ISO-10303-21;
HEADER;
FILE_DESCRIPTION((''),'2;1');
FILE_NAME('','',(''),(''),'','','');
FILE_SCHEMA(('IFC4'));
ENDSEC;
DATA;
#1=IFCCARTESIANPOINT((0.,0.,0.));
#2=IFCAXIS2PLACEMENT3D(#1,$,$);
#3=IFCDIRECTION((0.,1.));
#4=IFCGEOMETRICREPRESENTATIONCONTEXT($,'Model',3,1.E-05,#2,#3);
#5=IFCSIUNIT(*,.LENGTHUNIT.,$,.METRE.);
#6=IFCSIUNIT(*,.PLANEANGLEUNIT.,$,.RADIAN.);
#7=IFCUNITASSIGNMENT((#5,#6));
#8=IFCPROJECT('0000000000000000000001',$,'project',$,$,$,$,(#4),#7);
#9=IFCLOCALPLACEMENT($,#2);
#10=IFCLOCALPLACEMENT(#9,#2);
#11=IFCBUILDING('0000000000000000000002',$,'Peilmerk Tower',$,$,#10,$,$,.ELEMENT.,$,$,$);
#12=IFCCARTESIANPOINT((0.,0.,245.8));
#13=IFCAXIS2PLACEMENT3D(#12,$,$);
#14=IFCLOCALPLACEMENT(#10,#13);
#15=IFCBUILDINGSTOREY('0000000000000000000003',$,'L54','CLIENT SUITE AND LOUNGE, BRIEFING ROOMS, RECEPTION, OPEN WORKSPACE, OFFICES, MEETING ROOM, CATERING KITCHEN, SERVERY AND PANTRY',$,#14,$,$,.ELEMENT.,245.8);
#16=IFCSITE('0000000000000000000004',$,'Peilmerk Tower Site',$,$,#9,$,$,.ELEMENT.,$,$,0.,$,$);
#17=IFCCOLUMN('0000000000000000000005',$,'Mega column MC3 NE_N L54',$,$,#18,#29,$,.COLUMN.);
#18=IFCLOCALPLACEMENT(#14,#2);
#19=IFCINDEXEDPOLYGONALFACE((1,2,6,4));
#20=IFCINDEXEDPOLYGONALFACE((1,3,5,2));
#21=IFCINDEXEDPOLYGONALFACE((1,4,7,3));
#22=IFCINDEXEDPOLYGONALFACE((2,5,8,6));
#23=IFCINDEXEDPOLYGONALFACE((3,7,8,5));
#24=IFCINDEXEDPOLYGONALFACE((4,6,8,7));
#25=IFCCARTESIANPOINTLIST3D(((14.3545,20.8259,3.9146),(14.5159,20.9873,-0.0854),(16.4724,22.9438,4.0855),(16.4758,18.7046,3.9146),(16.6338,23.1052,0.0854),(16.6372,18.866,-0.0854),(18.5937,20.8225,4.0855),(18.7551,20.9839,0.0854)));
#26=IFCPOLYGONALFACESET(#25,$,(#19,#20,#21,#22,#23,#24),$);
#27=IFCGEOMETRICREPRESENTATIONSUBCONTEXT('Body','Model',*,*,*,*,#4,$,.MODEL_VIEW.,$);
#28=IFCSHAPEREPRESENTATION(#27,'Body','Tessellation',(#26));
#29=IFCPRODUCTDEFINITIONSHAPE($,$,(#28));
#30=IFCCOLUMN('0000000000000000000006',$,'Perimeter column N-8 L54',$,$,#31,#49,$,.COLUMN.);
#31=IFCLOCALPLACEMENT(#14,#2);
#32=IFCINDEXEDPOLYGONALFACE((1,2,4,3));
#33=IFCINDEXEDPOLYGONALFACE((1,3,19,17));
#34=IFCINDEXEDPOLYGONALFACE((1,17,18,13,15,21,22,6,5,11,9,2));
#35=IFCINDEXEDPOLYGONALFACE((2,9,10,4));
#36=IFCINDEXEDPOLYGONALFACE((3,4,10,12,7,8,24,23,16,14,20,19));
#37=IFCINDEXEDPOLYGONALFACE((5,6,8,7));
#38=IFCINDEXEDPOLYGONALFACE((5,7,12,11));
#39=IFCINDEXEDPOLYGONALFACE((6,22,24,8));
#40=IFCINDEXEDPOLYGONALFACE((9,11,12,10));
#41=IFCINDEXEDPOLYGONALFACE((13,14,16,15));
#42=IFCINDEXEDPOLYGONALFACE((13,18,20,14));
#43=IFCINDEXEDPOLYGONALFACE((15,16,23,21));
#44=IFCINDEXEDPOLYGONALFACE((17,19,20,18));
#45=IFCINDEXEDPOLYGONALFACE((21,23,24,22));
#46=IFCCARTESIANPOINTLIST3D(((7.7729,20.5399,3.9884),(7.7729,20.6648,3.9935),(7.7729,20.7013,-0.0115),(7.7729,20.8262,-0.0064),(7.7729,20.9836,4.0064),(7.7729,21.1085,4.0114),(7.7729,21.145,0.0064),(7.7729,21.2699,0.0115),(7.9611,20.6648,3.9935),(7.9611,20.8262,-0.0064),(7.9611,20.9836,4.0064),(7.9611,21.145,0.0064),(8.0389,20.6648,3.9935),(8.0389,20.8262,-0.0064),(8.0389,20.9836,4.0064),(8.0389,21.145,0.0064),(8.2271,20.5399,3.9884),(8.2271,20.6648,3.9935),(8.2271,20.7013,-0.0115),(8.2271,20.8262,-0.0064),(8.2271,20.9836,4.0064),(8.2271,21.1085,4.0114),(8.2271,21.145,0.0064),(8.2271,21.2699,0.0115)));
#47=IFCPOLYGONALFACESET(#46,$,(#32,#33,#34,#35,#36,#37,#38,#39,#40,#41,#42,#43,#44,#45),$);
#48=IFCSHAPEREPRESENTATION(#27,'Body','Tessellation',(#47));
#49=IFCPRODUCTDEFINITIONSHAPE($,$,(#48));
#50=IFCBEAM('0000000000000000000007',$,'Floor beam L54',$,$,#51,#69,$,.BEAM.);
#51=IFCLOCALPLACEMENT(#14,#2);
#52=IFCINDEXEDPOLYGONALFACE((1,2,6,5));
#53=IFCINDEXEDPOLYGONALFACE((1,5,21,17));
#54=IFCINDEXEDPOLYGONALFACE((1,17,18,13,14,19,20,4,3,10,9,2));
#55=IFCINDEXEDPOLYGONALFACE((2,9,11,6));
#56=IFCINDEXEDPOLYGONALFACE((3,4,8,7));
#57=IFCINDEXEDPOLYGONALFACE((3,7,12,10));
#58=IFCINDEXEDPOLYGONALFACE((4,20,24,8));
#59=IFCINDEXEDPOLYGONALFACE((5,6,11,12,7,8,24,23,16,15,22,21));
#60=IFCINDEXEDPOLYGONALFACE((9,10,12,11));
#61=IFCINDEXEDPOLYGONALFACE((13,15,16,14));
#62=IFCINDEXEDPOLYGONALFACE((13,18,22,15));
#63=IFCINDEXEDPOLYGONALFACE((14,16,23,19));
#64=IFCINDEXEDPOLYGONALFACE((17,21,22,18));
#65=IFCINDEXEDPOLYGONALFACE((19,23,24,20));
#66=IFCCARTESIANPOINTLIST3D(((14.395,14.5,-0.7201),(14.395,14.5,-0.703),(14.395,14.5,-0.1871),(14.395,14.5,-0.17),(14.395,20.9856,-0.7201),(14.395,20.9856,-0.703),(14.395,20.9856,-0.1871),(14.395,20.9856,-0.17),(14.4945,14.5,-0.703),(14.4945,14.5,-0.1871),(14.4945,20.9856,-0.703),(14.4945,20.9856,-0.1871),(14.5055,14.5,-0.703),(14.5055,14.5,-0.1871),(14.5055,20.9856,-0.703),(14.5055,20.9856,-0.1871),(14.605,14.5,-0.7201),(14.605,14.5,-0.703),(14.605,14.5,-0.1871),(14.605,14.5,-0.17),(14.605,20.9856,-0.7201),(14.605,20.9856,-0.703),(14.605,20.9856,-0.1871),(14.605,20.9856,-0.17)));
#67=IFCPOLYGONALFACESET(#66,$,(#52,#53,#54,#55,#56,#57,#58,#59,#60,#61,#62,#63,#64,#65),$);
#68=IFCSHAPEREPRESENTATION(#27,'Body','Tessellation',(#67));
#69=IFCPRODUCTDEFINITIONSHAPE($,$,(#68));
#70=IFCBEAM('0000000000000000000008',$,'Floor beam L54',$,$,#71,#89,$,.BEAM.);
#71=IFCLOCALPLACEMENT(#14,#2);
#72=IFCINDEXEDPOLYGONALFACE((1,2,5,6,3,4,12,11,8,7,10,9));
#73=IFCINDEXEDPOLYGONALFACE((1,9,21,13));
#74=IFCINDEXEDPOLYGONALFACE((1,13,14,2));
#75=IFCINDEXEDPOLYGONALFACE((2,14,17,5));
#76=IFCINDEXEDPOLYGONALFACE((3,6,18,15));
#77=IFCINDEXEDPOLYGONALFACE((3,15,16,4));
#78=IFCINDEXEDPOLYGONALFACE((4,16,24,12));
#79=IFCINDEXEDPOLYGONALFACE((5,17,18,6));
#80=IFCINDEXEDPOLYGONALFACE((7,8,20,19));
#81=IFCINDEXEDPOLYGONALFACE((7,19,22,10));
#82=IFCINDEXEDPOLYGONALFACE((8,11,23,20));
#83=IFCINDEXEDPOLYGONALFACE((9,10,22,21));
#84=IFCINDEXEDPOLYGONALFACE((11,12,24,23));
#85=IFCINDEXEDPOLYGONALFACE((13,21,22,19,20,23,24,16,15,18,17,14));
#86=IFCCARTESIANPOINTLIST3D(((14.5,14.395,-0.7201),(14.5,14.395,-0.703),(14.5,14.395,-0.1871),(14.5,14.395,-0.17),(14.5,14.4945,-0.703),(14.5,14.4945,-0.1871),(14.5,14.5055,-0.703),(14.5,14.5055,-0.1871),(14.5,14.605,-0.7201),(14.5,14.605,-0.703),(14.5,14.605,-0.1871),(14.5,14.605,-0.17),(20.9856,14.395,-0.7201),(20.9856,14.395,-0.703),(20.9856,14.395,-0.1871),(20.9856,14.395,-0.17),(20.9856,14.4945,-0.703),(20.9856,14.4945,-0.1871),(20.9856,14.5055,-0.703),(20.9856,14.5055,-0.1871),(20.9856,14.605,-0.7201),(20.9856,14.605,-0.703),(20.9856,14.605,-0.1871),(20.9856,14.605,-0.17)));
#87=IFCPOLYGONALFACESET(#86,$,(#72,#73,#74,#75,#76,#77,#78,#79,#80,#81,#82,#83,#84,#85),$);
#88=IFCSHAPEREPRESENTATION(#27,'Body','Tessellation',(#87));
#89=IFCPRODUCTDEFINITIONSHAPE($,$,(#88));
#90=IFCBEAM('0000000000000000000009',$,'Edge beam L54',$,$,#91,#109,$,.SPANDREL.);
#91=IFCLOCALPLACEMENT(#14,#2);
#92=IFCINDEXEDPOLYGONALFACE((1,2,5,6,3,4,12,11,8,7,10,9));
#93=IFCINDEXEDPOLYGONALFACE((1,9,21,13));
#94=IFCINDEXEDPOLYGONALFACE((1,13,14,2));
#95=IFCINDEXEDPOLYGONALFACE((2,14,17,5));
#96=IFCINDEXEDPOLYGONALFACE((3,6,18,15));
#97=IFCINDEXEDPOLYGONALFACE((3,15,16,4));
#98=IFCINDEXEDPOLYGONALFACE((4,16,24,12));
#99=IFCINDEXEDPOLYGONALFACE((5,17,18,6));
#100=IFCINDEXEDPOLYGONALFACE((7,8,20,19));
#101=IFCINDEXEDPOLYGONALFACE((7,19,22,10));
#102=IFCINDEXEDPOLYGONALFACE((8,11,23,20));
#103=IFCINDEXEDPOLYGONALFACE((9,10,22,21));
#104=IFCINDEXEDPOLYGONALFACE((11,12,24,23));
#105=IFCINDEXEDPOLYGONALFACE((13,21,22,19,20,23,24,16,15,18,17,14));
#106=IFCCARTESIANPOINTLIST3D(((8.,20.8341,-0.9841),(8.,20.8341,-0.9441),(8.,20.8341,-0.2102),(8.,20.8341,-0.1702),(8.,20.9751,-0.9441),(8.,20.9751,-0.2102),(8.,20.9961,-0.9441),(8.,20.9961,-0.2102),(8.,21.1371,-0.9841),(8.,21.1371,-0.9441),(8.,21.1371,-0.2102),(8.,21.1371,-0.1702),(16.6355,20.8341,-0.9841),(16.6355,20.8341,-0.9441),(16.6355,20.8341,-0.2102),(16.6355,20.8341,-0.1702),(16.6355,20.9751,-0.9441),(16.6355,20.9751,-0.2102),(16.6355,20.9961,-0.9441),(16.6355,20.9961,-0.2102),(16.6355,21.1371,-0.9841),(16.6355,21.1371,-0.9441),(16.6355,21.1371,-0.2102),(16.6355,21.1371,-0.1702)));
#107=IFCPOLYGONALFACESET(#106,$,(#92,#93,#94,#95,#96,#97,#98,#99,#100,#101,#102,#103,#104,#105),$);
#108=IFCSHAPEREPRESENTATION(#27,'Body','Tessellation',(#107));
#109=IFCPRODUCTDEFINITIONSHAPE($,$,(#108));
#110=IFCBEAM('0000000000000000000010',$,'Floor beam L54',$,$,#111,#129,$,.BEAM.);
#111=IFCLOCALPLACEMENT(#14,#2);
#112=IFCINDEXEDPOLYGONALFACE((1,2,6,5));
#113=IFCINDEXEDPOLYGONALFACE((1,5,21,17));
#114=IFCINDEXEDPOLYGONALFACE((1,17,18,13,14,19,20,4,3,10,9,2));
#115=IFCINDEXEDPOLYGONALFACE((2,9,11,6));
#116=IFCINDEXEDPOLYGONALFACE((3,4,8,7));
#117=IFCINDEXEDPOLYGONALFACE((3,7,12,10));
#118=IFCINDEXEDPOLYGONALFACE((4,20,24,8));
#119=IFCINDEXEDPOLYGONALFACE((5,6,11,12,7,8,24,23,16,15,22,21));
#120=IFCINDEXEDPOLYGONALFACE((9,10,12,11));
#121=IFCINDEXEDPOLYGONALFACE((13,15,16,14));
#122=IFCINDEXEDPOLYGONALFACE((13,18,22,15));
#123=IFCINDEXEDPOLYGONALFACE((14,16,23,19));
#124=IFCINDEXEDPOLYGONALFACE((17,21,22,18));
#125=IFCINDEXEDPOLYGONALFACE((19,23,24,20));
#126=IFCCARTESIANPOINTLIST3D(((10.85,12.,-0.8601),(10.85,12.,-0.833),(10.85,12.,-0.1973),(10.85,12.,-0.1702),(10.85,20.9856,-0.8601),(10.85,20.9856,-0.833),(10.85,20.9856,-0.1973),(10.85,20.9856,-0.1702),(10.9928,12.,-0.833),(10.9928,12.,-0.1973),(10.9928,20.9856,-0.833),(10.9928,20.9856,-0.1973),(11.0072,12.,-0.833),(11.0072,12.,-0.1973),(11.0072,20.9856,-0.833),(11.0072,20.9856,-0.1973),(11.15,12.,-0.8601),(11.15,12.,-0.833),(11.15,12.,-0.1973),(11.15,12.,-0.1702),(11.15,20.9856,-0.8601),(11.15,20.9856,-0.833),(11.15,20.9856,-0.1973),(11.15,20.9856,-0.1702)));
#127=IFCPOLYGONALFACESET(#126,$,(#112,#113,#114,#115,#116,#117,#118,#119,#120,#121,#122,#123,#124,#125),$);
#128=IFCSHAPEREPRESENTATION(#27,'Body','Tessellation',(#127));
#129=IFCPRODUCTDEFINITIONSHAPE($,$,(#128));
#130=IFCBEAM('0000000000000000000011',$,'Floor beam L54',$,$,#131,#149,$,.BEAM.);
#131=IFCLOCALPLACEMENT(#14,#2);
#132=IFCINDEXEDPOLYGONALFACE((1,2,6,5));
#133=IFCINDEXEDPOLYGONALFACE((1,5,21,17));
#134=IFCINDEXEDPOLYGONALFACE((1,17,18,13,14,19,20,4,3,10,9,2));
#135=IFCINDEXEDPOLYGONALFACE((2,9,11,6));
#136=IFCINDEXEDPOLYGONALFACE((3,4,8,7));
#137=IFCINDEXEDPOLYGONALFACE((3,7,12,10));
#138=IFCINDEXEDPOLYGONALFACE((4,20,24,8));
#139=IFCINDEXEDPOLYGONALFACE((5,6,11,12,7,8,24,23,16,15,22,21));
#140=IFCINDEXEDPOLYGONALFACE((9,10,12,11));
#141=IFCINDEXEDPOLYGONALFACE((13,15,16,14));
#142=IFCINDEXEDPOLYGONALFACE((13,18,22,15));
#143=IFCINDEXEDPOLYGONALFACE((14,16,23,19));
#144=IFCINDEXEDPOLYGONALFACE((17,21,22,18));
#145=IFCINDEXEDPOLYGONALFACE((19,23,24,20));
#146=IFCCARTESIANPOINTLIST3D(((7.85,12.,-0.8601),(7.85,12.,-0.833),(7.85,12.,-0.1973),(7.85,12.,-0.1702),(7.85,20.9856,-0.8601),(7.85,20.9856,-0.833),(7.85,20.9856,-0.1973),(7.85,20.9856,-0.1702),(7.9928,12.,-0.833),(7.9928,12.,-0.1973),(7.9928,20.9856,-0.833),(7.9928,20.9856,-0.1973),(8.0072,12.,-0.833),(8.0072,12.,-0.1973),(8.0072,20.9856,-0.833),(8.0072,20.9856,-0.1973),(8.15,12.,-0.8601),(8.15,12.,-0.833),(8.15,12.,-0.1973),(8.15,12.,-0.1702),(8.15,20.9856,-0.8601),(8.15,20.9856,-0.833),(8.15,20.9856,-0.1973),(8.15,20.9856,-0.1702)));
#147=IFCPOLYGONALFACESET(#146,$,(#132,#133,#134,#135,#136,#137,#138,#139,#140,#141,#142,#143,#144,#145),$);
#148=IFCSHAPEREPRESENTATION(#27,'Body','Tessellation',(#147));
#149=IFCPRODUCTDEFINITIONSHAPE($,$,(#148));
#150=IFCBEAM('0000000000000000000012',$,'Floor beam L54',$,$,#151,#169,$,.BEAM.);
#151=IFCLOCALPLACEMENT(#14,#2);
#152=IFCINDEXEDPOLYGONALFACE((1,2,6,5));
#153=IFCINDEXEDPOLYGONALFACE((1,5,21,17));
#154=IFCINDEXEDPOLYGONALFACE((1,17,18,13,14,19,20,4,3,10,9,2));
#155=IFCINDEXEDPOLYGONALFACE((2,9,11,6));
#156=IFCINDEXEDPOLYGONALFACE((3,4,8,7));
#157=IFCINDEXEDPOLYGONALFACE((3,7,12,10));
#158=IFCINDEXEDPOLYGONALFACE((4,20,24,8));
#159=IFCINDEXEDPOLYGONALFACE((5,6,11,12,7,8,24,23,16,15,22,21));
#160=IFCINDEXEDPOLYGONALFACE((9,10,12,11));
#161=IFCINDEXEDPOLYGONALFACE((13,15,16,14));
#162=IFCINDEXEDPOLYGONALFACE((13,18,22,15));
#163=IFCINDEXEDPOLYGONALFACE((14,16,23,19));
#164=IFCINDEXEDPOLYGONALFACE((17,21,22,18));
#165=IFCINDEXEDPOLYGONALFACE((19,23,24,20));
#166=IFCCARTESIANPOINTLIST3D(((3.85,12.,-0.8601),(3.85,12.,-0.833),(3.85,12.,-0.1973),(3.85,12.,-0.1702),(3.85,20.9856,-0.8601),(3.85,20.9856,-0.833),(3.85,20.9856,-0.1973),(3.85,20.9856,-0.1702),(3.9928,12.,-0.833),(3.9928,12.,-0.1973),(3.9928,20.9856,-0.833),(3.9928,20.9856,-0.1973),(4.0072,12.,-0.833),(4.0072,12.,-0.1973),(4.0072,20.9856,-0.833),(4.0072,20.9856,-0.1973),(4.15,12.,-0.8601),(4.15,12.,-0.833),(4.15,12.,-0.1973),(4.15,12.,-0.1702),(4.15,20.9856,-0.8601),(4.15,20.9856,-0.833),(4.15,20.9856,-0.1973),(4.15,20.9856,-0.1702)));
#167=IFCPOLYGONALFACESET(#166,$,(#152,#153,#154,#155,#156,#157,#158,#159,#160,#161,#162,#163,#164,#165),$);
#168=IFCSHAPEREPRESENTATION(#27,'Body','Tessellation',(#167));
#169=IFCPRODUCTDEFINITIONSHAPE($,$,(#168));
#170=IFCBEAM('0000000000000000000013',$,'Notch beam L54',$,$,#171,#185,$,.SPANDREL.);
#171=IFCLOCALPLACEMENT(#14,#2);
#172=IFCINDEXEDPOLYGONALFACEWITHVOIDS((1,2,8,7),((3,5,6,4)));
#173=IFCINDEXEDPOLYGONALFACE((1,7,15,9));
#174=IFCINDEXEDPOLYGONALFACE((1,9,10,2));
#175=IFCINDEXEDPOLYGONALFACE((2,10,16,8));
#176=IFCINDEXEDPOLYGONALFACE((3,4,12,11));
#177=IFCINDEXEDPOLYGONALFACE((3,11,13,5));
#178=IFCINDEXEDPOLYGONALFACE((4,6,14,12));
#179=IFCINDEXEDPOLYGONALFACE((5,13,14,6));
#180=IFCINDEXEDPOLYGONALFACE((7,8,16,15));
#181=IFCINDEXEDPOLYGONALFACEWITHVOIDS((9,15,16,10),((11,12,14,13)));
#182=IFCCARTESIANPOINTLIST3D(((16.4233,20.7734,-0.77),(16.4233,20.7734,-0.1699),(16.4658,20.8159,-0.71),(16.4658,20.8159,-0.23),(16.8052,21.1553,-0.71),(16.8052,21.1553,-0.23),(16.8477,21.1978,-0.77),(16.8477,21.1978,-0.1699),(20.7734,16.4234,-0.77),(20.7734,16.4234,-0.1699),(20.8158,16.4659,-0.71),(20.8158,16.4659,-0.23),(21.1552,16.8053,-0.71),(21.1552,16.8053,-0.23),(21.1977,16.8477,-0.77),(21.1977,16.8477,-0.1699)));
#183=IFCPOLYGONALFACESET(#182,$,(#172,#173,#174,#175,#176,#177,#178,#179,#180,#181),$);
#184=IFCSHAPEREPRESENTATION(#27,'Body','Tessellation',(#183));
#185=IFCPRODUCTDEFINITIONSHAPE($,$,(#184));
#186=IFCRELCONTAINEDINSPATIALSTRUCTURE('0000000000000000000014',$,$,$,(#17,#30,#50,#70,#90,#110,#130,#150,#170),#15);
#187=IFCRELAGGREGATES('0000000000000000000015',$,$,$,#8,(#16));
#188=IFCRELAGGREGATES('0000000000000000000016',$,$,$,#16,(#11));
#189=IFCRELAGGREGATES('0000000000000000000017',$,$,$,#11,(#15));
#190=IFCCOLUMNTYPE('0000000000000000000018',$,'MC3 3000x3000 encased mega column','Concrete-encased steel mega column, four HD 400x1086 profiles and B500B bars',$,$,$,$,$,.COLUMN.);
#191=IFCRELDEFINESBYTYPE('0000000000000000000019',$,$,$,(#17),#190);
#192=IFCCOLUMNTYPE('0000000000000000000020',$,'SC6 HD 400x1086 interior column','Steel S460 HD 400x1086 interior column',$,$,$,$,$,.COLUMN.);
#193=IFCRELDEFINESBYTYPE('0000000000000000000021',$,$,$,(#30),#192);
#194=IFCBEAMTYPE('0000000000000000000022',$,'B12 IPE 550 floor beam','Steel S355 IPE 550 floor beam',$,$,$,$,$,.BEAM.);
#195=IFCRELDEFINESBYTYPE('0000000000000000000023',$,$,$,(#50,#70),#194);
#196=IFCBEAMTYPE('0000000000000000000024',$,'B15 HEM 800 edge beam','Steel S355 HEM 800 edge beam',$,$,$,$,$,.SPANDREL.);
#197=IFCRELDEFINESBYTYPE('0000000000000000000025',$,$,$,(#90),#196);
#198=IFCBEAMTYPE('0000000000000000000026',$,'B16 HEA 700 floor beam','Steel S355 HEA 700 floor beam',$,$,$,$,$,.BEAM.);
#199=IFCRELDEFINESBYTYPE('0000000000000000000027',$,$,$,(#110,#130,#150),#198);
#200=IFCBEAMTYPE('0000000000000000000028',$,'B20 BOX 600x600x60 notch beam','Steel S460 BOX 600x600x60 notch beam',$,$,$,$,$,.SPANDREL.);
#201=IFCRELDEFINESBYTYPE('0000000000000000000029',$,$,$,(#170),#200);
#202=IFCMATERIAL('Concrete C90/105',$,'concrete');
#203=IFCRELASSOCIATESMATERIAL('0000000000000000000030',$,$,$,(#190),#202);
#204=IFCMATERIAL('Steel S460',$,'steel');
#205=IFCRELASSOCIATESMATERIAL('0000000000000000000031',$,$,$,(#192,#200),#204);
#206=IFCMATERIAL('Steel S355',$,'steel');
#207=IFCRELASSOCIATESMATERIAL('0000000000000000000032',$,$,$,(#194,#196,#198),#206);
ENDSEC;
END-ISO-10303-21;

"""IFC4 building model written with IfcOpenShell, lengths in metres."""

from ifc_helpers import new_model, si_unit, direction, frame, origin, origin_2d, place, context, subcontext, project, spatial, rectangle, hollow_rectangle, i_section, extrude, material, material_profile, profile_set, type_object, element, save


model = new_model("IFC4")

# Units and contexts
model_context = context("Model", 3, precision=1e-05, world=origin(), true_north=direction((0.0, 1.0)))
body_context = subcontext(model_context, "Body", "Model", "MODEL_VIEW")
ifc_project = project(units=[si_unit("LENGTHUNIT", "METRE"), si_unit("PLANEANGLEUNIT", "RADIAN")], contexts=[model_context])

# Site, building, storey
site_placement = place(None, origin())
site = spatial("IfcSite", under=ifc_project, at=site_placement, Name="Peilmerk Tower Site", CompositionType="ELEMENT", RefElevation=0.0)
building_placement = place(site_placement, origin())
building = spatial("IfcBuilding", under=site, at=building_placement, Name="Peilmerk Tower", CompositionType="ELEMENT")
storey_placement = place(building_placement, frame((0.0, 0.0, 245.8)))
storey = spatial("IfcBuildingStorey", under=building, at=storey_placement, Name="L54", Description="CLIENT SUITE AND LOUNGE, BRIEFING ROOMS, RECEPTION, OPEN WORKSPACE, OFFICES, MEETING ROOM, CATERING KITCHEN, SERVERY AND PANTRY", CompositionType="ELEMENT", Elevation=245.8)

# Columns
ifc_material_1 = material(Name="Concrete C90/105", Category="concrete")
ifc_material_profile_1 = material_profile(ifc_material_1, rectangle(XDim=3.0, YDim=3.0, at=origin_2d()), Name="RC 3000x3000")
ifc_profile_set_1 = profile_set([ifc_material_profile_1], Name="Concrete C90/105")
column_type_1 = type_object("IfcColumnType", Name="MC3 3000x3000 encased mega column", Description="Concrete-encased steel mega column, four HD 400x1086 profiles and B500B bars", PredefinedType="COLUMN", material=ifc_profile_set_1)
column_1_placement = place(storey_placement, frame((16.6355, 20.9856, 0.0), z_axis=(-0.040279, -0.040279, 0.998376), x_axis=(0.707107, -0.707107, 0.0)))
element("IfcColumn", 1, at=column_1_placement, inside=storey, type_object=column_type_1, Name="Mega column MC3 NE_N L54", PredefinedType="COLUMN", context=body_context, shape_type="SweptSolid", body=[
    extrude(rectangle(XDim=3.0, YDim=3.0, at=origin_2d()), origin(), (0.0, 0.0, 1.0), 4.0066),
])
ifc_material_2 = material(Name="Steel S460", Category="steel")
ifc_material_profile_2 = material_profile(ifc_material_2, i_section(OverallWidth=0.4541, OverallDepth=0.5691, WebThickness=0.0779, FlangeThickness=0.125, at=origin_2d()), Name="HD 400x1086")
ifc_profile_set_2 = profile_set([ifc_material_profile_2], Name="Steel S460")
column_type_2 = type_object("IfcColumnType", Name="SC6 HD 400x1086 interior column", Description="Steel S460 HD 400x1086 interior column", PredefinedType="COLUMN", material=ifc_profile_set_2)
column_2_placement = place(storey_placement, frame((8.0, 20.9856, 0.0), z_axis=(0.0, -0.040311, 0.999187), x_axis=(1.0, 0.0, 0.0)))
element("IfcColumn", 2, at=column_2_placement, inside=storey, type_object=column_type_2, Name="Perimeter column N-8 L54", PredefinedType="COLUMN", context=body_context, shape_type="SweptSolid", body=[
    extrude(i_section(OverallWidth=0.4541, OverallDepth=0.5691, WebThickness=0.0779, FlangeThickness=0.125, at=origin_2d()), origin(), (0.0, 0.0, 1.0), 4.0032),
])

# Beams
ifc_material_3 = material(Name="Steel S355", Category="steel")
ifc_material_profile_3 = material_profile(ifc_material_3, i_section(OverallWidth=0.21, OverallDepth=0.55, WebThickness=0.011, FlangeThickness=0.0171, at=origin_2d()), Name="IPE 550")
ifc_profile_set_3 = profile_set([ifc_material_profile_3], Name="Steel S355")
beam_type_1 = type_object("IfcBeamType", Name="B12 IPE 550 floor beam", Description="Steel S355 IPE 550 floor beam", PredefinedType="BEAM", material=ifc_profile_set_3)
for number, where, z_axis, x_axis, name in (
    (3, (14.5, 14.5, -0.4451), (0.0, 1.0, 0.0), (-1.0, 0.0, 0.0), "Floor beam L54"),
    (4, (14.5, 14.5, -0.4451), (1.0, 0.0, 0.0), (0.0, 1.0, 0.0), "Floor beam L54"),
):
    element("IfcBeam", number, at=place(storey_placement, frame(where, z_axis=z_axis, x_axis=x_axis)), inside=storey, type_object=beam_type_1, Name=name, PredefinedType="BEAM", context=body_context, shape_type="SweptSolid", body=[
        extrude(i_section(OverallWidth=0.21, OverallDepth=0.55, WebThickness=0.011, FlangeThickness=0.0171, at=origin_2d()), origin(), (0.0, 0.0, 1.0), 6.4856),
    ])
ifc_material_profile_4 = material_profile(ifc_material_3, i_section(OverallWidth=0.303, OverallDepth=0.814, WebThickness=0.021, FlangeThickness=0.04, at=origin_2d()), Name="HEM 800")
ifc_profile_set_4 = profile_set([ifc_material_profile_4], Name="Steel S355")
beam_type_2 = type_object("IfcBeamType", Name="B15 HEM 800 edge beam", Description="Steel S355 HEM 800 edge beam", PredefinedType="SPANDREL", material=ifc_profile_set_4)
beam_1_placement = place(storey_placement, frame((16.6355, 20.9856, -0.5771), z_axis=(-1.0, 0.0, 0.0), x_axis=(0.0, -1.0, 0.0)))
element("IfcBeam", 5, at=beam_1_placement, inside=storey, type_object=beam_type_2, Name="Edge beam L54", PredefinedType="SPANDREL", context=body_context, shape_type="SweptSolid", body=[
    extrude(i_section(OverallWidth=0.303, OverallDepth=0.814, WebThickness=0.021, FlangeThickness=0.04, at=origin_2d()), origin(), (0.0, 0.0, 1.0), 8.6355),
])
ifc_material_profile_5 = material_profile(ifc_material_3, i_section(OverallWidth=0.3, OverallDepth=0.6899, WebThickness=0.0144, FlangeThickness=0.0271, at=origin_2d()), Name="HEA 700")
ifc_profile_set_5 = profile_set([ifc_material_profile_5], Name="Steel S355")
beam_type_3 = type_object("IfcBeamType", Name="B16 HEA 700 floor beam", Description="Steel S355 HEA 700 floor beam", PredefinedType="BEAM", material=ifc_profile_set_5)
for number, where, z_axis, x_axis, name in (
    (6, (11.0, 12.0, -0.5151), (0.0, 1.0, 0.0), (-1.0, 0.0, 0.0), "Floor beam L54"),
    (7, (8.0, 12.0, -0.5151), (0.0, 1.0, 0.0), (-1.0, 0.0, 0.0), "Floor beam L54"),
    (8, (4.0, 12.0, -0.5151), (0.0, 1.0, 0.0), (-1.0, 0.0, 0.0), "Floor beam L54"),
):
    element("IfcBeam", number, at=place(storey_placement, frame(where, z_axis=z_axis, x_axis=x_axis)), inside=storey, type_object=beam_type_3, Name=name, PredefinedType="BEAM", context=body_context, shape_type="SweptSolid", body=[
        extrude(i_section(OverallWidth=0.3, OverallDepth=0.6899, WebThickness=0.0144, FlangeThickness=0.0271, at=origin_2d()), origin(), (0.0, 0.0, 1.0), 8.9856),
    ])
ifc_material_profile_6 = material_profile(ifc_material_2, hollow_rectangle(XDim=0.6001, YDim=0.6001, WallThickness=0.0601, at=origin_2d()), Name="BOX 600x600x60")
ifc_profile_set_6 = profile_set([ifc_material_profile_6], Name="Steel S460")
beam_type_4 = type_object("IfcBeamType", Name="B20 BOX 600x600x60 notch beam", Description="Steel S460 BOX 600x600x60 notch beam", PredefinedType="SPANDREL", material=ifc_profile_set_6)
beam_2_placement = place(storey_placement, frame((16.6355, 20.9856, -0.47), z_axis=(0.707107, -0.707107, 0.0), x_axis=(0.707107, 0.707107, 0.0)))
element("IfcBeam", 9, at=beam_2_placement, inside=storey, type_object=beam_type_4, Name="Notch beam L54", PredefinedType="SPANDREL", context=body_context, shape_type="SweptSolid", body=[
    extrude(hollow_rectangle(XDim=0.6001, YDim=0.6001, WallThickness=0.0601, at=origin_2d()), origin(), (0.0, 0.0, 1.0), 6.1519),
])

save(model, "model.ifc")
